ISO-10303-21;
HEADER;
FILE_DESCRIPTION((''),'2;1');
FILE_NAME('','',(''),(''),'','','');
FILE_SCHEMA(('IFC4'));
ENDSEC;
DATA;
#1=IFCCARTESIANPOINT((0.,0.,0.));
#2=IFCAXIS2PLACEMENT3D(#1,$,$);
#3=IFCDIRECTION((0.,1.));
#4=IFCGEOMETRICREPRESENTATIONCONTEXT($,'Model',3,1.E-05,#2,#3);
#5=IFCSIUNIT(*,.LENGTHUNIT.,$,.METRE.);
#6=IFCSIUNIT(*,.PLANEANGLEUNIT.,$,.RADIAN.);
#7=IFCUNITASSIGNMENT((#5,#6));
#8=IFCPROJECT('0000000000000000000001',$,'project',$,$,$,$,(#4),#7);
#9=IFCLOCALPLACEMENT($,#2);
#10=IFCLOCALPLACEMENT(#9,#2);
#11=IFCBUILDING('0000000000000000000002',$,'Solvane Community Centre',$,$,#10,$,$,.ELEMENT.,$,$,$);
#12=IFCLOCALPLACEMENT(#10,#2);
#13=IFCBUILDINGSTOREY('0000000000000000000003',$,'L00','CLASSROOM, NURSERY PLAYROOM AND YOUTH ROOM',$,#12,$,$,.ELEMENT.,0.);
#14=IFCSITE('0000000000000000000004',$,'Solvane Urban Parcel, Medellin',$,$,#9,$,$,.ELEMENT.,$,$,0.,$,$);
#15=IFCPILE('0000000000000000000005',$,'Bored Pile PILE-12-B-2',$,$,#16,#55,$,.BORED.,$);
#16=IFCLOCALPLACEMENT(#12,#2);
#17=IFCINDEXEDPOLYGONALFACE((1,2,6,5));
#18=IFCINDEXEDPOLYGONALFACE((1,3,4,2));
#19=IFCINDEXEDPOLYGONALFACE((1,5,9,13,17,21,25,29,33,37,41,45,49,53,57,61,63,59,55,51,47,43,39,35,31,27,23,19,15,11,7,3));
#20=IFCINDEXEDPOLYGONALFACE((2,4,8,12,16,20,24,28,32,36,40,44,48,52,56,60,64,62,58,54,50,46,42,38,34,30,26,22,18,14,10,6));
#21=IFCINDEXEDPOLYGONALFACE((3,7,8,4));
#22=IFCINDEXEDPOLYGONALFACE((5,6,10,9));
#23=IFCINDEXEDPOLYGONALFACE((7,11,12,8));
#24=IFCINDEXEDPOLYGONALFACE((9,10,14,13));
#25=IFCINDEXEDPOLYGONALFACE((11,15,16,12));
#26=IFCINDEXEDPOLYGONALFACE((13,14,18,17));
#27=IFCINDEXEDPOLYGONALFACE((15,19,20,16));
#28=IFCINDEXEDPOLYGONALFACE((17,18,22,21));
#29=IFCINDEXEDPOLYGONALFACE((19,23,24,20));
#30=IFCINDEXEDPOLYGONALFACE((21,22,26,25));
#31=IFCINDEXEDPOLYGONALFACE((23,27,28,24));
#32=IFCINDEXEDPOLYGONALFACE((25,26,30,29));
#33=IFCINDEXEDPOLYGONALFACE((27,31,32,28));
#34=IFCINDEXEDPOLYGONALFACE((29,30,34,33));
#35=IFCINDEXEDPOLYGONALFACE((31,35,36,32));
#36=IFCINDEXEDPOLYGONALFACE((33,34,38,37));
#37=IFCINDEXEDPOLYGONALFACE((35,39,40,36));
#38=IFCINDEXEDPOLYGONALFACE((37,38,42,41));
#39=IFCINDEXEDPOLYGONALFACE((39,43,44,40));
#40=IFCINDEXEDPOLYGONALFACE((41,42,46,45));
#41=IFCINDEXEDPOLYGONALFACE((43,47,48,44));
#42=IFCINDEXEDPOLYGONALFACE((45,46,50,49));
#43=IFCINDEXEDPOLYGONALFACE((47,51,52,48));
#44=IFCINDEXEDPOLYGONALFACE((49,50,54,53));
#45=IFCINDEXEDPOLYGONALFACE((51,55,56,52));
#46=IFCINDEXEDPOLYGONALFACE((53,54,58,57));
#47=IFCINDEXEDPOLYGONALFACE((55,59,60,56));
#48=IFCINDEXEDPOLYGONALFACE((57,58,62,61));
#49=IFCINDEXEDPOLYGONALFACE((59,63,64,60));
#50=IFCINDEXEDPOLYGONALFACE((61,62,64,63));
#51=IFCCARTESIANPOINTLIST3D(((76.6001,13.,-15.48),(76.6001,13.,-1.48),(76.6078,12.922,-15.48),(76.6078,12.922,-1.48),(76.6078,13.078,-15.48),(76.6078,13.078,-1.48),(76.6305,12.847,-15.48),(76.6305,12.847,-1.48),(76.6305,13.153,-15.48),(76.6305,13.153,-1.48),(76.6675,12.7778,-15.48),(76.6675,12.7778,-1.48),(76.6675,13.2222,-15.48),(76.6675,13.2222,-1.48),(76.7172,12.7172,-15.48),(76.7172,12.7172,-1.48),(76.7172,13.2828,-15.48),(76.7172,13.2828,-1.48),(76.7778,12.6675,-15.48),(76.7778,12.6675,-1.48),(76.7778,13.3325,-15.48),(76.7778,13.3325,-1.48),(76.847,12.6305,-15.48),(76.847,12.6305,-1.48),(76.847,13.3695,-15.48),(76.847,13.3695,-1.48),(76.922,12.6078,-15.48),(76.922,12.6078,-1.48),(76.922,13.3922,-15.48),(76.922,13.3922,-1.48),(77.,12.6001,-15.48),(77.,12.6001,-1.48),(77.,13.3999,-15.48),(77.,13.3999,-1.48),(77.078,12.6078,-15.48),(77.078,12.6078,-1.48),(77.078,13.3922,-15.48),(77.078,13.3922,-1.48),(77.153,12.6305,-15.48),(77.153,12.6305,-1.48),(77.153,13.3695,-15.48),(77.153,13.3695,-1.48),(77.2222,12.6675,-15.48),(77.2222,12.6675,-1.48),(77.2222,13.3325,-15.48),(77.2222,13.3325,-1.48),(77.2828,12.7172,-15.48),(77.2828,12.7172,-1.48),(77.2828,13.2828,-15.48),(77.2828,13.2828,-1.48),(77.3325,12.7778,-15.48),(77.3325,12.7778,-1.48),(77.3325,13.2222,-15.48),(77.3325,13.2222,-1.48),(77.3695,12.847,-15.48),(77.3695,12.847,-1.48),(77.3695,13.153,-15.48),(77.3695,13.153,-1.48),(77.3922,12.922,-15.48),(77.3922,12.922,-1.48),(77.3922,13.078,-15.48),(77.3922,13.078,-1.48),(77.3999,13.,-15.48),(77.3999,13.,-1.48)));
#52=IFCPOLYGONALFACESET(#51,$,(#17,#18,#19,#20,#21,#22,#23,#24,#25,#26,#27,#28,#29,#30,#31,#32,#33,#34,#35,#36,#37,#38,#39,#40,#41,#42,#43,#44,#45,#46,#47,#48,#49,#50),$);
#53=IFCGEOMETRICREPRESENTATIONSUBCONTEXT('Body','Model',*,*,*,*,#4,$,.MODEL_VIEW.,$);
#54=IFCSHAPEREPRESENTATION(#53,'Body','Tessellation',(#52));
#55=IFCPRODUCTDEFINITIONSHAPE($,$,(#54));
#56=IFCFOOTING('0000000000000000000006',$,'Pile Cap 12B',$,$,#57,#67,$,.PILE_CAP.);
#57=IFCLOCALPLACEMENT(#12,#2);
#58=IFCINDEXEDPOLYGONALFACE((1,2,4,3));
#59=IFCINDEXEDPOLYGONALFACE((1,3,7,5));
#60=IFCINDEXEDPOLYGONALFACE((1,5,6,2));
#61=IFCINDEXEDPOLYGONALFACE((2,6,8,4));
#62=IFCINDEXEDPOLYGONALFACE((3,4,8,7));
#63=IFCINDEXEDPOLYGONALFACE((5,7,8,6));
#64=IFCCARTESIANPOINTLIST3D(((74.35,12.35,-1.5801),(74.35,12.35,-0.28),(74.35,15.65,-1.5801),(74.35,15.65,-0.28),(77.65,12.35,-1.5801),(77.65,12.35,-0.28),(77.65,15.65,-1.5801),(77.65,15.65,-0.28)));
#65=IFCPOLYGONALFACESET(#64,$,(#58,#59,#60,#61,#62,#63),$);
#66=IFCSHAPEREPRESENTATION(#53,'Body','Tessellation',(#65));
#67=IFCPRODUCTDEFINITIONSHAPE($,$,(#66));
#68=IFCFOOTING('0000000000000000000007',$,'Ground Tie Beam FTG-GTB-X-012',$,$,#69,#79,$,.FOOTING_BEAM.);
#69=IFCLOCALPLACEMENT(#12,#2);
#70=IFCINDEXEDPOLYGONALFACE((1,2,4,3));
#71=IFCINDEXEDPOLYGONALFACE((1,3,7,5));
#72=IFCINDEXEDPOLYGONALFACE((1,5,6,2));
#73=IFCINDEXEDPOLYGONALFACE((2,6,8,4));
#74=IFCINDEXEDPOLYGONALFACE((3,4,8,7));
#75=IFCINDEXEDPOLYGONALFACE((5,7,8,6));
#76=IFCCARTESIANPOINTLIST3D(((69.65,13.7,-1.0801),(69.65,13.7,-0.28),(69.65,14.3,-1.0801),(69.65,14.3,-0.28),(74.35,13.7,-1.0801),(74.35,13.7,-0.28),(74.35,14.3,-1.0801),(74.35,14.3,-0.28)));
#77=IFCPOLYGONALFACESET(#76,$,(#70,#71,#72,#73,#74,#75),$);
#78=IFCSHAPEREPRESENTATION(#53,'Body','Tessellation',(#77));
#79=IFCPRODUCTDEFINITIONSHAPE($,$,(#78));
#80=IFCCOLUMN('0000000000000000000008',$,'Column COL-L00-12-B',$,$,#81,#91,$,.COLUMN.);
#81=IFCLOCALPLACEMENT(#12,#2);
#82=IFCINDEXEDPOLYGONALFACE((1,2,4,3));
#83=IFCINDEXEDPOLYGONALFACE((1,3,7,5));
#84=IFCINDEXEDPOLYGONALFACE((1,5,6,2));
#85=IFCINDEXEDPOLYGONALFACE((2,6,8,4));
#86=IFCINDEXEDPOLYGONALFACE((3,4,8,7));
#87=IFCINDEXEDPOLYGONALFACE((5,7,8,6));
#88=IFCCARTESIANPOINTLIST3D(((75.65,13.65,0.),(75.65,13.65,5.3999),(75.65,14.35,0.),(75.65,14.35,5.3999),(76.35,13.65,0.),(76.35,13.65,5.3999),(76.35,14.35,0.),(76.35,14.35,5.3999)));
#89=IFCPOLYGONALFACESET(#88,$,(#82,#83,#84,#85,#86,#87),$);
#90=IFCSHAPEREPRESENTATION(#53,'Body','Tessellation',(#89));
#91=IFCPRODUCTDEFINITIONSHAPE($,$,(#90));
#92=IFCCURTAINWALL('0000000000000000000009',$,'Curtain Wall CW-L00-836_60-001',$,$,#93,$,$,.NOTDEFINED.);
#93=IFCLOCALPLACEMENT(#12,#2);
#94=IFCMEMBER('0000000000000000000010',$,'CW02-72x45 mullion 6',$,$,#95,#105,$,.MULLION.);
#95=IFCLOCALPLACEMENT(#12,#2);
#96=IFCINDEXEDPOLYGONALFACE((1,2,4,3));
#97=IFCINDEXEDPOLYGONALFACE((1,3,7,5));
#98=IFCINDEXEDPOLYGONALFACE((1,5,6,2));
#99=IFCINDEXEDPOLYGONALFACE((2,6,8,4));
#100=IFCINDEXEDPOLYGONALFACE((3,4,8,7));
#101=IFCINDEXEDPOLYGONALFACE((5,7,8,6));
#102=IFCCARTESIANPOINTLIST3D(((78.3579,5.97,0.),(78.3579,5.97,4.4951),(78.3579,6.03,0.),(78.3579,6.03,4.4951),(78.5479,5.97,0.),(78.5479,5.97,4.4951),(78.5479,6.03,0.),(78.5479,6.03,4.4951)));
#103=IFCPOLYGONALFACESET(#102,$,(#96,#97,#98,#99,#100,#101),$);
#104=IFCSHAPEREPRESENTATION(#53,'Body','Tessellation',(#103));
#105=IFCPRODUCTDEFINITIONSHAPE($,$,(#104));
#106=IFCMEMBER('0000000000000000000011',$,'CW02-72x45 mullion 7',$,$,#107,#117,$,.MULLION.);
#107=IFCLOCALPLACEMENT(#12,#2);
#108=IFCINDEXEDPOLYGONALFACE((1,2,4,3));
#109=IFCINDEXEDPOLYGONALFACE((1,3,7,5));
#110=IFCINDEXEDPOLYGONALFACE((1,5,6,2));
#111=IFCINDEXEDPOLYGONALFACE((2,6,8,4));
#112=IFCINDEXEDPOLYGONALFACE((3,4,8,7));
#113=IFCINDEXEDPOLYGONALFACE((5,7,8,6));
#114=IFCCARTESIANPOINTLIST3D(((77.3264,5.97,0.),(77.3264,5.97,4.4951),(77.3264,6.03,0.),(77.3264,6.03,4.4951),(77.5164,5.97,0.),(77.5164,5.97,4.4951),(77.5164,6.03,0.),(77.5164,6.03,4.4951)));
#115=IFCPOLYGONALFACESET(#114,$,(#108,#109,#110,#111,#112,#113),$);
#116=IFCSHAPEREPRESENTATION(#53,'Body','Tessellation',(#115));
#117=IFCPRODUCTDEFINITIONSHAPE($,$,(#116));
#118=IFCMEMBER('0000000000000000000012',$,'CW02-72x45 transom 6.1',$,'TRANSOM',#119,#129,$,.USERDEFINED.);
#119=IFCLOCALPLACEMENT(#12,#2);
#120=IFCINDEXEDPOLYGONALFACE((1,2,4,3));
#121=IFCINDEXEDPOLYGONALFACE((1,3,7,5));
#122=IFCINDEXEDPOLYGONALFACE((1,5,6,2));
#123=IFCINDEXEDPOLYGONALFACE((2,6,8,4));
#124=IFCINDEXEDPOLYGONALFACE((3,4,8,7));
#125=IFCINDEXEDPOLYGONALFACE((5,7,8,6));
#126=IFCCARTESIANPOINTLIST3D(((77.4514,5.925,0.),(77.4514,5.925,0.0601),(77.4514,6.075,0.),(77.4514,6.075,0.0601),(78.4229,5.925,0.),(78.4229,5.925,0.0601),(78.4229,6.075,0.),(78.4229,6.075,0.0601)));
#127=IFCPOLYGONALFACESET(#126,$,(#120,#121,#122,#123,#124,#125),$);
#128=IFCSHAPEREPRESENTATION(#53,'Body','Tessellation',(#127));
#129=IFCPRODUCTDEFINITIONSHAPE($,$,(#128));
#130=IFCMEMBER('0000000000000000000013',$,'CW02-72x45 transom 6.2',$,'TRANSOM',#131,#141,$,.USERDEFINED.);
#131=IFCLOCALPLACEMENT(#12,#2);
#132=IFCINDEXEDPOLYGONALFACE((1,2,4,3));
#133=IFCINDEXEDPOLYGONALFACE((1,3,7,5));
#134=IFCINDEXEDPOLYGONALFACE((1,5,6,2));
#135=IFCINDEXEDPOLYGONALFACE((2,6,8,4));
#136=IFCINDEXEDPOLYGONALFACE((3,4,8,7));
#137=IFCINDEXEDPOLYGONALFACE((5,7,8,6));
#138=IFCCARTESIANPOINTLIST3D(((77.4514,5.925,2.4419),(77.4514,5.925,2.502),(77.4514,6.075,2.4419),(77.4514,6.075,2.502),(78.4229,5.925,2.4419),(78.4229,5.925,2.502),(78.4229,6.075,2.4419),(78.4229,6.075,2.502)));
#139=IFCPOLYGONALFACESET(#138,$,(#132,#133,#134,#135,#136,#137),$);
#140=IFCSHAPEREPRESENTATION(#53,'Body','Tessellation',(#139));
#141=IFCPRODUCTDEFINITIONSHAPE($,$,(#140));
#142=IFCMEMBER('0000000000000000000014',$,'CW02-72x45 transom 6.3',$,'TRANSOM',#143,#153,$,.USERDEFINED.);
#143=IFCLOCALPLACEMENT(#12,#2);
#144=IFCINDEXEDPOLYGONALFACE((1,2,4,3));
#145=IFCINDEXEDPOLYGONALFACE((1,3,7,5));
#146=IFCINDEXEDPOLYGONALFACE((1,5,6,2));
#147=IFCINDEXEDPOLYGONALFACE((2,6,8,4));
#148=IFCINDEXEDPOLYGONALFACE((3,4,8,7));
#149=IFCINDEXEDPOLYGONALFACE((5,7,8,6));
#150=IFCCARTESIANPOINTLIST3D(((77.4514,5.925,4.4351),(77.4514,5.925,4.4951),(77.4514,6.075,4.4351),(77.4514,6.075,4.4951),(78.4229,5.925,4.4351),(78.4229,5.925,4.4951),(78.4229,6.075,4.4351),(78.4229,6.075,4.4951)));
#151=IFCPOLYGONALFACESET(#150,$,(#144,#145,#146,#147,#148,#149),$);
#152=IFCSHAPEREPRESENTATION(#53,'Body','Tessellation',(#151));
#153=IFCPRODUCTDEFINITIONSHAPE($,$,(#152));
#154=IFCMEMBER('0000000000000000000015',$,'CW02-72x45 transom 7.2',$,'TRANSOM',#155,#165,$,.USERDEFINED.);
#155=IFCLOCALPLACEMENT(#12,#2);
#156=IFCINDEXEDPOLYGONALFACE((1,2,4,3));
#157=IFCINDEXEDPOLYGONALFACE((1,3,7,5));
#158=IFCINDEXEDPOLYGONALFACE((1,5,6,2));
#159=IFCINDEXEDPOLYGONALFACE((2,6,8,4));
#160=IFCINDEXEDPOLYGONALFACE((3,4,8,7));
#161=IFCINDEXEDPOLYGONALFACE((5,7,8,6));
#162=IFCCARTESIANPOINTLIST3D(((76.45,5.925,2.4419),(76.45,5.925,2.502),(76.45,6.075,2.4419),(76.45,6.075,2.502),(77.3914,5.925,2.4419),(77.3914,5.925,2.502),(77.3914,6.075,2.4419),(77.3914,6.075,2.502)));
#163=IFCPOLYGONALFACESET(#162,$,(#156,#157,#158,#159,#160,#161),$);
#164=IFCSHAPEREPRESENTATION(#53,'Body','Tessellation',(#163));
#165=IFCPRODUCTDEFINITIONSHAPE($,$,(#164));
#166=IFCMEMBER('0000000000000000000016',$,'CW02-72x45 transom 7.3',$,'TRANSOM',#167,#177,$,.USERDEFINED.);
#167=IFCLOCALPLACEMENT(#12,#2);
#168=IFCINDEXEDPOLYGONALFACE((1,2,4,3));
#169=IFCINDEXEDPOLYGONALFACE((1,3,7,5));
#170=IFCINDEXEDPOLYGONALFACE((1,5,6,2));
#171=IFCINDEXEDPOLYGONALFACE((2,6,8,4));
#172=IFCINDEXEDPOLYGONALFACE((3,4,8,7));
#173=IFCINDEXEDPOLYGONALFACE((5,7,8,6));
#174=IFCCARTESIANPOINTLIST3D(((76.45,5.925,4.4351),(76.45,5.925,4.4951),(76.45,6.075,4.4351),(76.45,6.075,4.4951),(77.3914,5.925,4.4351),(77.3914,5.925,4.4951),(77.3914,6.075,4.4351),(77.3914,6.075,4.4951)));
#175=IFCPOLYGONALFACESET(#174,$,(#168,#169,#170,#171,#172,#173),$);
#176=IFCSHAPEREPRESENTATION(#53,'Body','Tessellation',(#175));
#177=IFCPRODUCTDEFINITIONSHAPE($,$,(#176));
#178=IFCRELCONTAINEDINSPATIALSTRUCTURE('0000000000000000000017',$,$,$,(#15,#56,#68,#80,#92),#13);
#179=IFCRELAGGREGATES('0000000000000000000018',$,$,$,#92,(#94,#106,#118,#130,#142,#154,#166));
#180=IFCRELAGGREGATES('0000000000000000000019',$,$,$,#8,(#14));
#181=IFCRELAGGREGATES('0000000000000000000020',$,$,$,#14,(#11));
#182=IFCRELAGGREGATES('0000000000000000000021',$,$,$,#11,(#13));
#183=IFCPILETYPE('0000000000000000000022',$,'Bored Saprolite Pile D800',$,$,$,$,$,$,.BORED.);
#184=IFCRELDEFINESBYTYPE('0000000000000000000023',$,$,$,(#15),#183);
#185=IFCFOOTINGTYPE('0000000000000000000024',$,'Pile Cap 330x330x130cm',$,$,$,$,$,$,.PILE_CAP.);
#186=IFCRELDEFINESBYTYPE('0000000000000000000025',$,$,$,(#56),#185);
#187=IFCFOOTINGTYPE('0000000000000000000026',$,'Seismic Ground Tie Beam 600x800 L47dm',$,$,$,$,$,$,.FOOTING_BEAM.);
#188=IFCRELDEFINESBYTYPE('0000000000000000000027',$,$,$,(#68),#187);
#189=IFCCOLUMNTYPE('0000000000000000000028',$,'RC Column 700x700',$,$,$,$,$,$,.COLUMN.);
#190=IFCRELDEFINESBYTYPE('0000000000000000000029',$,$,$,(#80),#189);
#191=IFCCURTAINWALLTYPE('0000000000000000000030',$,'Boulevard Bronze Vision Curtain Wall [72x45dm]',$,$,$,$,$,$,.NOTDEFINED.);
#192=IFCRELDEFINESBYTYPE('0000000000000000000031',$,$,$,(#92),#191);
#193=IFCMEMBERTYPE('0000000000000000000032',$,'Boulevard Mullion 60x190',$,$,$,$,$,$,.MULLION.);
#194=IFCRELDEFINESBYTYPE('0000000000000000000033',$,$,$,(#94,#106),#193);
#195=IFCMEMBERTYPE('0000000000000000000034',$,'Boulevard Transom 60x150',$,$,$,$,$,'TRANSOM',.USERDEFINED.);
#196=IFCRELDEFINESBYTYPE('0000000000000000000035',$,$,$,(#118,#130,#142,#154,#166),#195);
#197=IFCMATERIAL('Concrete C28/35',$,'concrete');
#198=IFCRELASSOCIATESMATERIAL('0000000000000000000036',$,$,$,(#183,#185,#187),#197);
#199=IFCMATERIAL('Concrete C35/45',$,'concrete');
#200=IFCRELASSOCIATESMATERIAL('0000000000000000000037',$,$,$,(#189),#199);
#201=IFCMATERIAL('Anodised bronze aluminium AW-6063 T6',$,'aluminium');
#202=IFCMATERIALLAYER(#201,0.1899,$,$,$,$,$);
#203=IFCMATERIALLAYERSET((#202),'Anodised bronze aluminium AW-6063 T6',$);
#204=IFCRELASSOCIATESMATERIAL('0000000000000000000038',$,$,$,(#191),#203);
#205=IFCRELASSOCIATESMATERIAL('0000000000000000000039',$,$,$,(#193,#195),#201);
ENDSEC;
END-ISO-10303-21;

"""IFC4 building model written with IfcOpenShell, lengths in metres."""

from ifc_helpers import new_model, si_unit, direction, frame, origin, origin_2d, place, context, subcontext, project, spatial, rectangle, circle, extrude, material, layer, layer_set, material_profile, profile_set, type_object, element, aggregate, save


model = new_model("IFC4")

# Units and contexts
model_context = context("Model", 3, precision=1e-05, world=origin(), true_north=direction((0.0, 1.0)))
body_context = subcontext(model_context, "Body", "Model", "MODEL_VIEW")
ifc_project = project(units=[si_unit("LENGTHUNIT", "METRE"), si_unit("PLANEANGLEUNIT", "RADIAN")], contexts=[model_context])

# Site, building, storey
site_placement = place(None, origin())
site = spatial("IfcSite", under=ifc_project, at=site_placement, Name="Solvane Urban Parcel, Medellin", CompositionType="ELEMENT", RefElevation=0.0)
building_placement = place(site_placement, origin())
building = spatial("IfcBuilding", under=site, at=building_placement, Name="Solvane Community Centre", CompositionType="ELEMENT")
storey_placement = place(building_placement, origin())
storey = spatial("IfcBuildingStorey", under=building, at=storey_placement, Name="L00", Description="CLASSROOM, NURSERY PLAYROOM AND YOUTH ROOM", CompositionType="ELEMENT", Elevation=0.0)

# Pile
ifc_material_1 = material(Name="Concrete C28/35", Category="concrete")
ifc_material_profile_1 = material_profile(ifc_material_1, circle(Radius=0.3999, at=origin_2d()), Name="PILE D800")
ifc_profile_set_1 = profile_set([ifc_material_profile_1], Name="Concrete C28/35")
pile_type = type_object("IfcPileType", Name="Bored Saprolite Pile D800", PredefinedType="BORED", material=ifc_profile_set_1)
for number, where, z_axis, x_axis, name in (
    (1, (77.0, 13.0, -1.48), (0.0, 0.0, -1.0), (1.0, 0.0, 0.0), "Bored Pile PILE-12-B-2"),
):
    element("IfcPile", number, at=place(storey_placement, frame(where, z_axis=z_axis, x_axis=x_axis)), inside=storey, type_object=pile_type, Name=name, PredefinedType="BORED", context=body_context, shape_type="SweptSolid", body=[
        extrude(circle(Radius=0.3999, at=origin_2d()), origin(), (0.0, 0.0, 1.0), 14.0),
    ])

# Footings
footing_type_1 = type_object("IfcFootingType", Name="Pile Cap 330x330x130cm", PredefinedType="PILE_CAP", material=ifc_material_1)
footing_1_placement = place(storey_placement, frame((76.0, 14.0, -1.5801), z_axis=(0.0, 0.0, 1.0), x_axis=(1.0, 0.0, 0.0)))
element("IfcFooting", 2, at=footing_1_placement, inside=storey, type_object=footing_type_1, Name="Pile Cap 12B", PredefinedType="PILE_CAP", context=body_context, shape_type="SweptSolid", body=[
    extrude(rectangle(XDim=3.3, YDim=3.3, at=origin_2d()), origin(), (0.0, 0.0, 1.0), 1.3),
])
footing_type_2 = type_object("IfcFootingType", Name="Seismic Ground Tie Beam 600x800 L47dm", PredefinedType="FOOTING_BEAM", material=ifc_material_1)
footing_2_placement = place(storey_placement, frame((72.0, 14.0, -1.0801), z_axis=(0.0, 0.0, 1.0), x_axis=(1.0, 0.0, 0.0)))
element("IfcFooting", 3, at=footing_2_placement, inside=storey, type_object=footing_type_2, Name="Ground Tie Beam FTG-GTB-X-012", PredefinedType="FOOTING_BEAM", context=body_context, shape_type="SweptSolid", body=[
    extrude(rectangle(XDim=4.7, YDim=0.6001, at=origin_2d()), origin(), (0.0, 0.0, 1.0), 0.8),
])

# Column
ifc_material_2 = material(Name="Concrete C35/45", Category="concrete")
ifc_material_profile_2 = material_profile(ifc_material_2, rectangle(XDim=0.7, YDim=0.7, at=origin_2d()), Name="RC 700x700")
ifc_profile_set_2 = profile_set([ifc_material_profile_2], Name="Concrete C35/45")
column_type = type_object("IfcColumnType", Name="RC Column 700x700", PredefinedType="COLUMN", material=ifc_profile_set_2)
column_placement = place(storey_placement, frame((76.0, 14.0, 0.0), z_axis=(0.0, 0.0, 1.0), x_axis=(1.0, 0.0, 0.0)))
element("IfcColumn", 4, at=column_placement, inside=storey, type_object=column_type, Name="Column COL-L00-12-B", PredefinedType="COLUMN", context=body_context, shape_type="SweptSolid", body=[
    extrude(rectangle(XDim=0.7, YDim=0.7, at=origin_2d()), origin(), (0.0, 0.0, 1.0), 5.3999),
])

# Curtain wall, members
ifc_material_3 = material(Name="Anodised bronze aluminium AW-6063 T6", Category="aluminium")
ifc_layer_1 = layer(ifc_material_3, 0.1899)
ifc_layer_set_1 = layer_set([ifc_layer_1], Name="Anodised bronze aluminium AW-6063 T6")
curtain_wall_type = type_object("IfcCurtainWallType", Name="Boulevard Bronze Vision Curtain Wall [72x45dm]", PredefinedType="NOTDEFINED", material=ifc_layer_set_1)
curtain_wall_placement = place(storey_placement, origin())
curtain_wall = element("IfcCurtainWall", 5, at=curtain_wall_placement, inside=storey, type_object=curtain_wall_type, Name="Curtain Wall CW-L00-836_60-001", PredefinedType="NOTDEFINED")
ifc_material_profile_3 = material_profile(ifc_material_3, rectangle(XDim=0.0601, YDim=0.1899, at=origin_2d()), Name="CW-M 60x190")
ifc_profile_set_3 = profile_set([ifc_material_profile_3], Name="Anodised bronze aluminium AW-6063 T6")
member_type_1 = type_object("IfcMemberType", Name="Boulevard Mullion 60x190", PredefinedType="MULLION", material=ifc_profile_set_3)
member_1_placement = place(storey_placement, frame((78.4529, 6.0, 0.0), z_axis=(0.0, 0.0, 1.0), x_axis=(0.0, -1.0, 0.0)))
member_1 = element("IfcMember", 6, at=member_1_placement, type_object=member_type_1, Name="CW02-72x45 mullion 6", PredefinedType="MULLION", context=body_context, shape_type="SweptSolid", body=[
    extrude(rectangle(XDim=0.0601, YDim=0.1899, at=origin_2d()), origin(), (0.0, 0.0, 1.0), 4.4951),
])
member_2_placement = place(storey_placement, frame((77.4214, 6.0, 0.0), z_axis=(0.0, 0.0, 1.0), x_axis=(0.0, -1.0, 0.0)))
member_2 = element("IfcMember", 7, at=member_2_placement, type_object=member_type_1, Name="CW02-72x45 mullion 7", PredefinedType="MULLION", context=body_context, shape_type="SweptSolid", body=[
    extrude(rectangle(XDim=0.0601, YDim=0.1899, at=origin_2d()), origin(), (0.0, 0.0, 1.0), 4.4951),
])
ifc_material_profile_4 = material_profile(ifc_material_3, rectangle(XDim=0.1499, YDim=0.0601, at=origin_2d()), Name="CW-T 60x150")
ifc_profile_set_4 = profile_set([ifc_material_profile_4], Name="Anodised bronze aluminium AW-6063 T6")
member_type_2 = type_object("IfcMemberType", Name="Boulevard Transom 60x150", ElementType="TRANSOM", PredefinedType="USERDEFINED", material=ifc_profile_set_4)
member_3_placement = place(storey_placement, frame((78.4229, 6.0, 0.03), z_axis=(-1.0, 0.0, 0.0), x_axis=(0.0, -1.0, 0.0)))
member_3 = element("IfcMember", 8, at=member_3_placement, type_object=member_type_2, Name="CW02-72x45 transom 6.1", ObjectType="TRANSOM", PredefinedType="USERDEFINED", context=body_context, shape_type="SweptSolid", body=[
    extrude(rectangle(XDim=0.1499, YDim=0.0601, at=origin_2d()), origin(), (0.0, 0.0, 1.0), 0.9714),
])
member_4_placement = place(storey_placement, frame((78.4229, 6.0, 2.4719), z_axis=(-1.0, 0.0, 0.0), x_axis=(0.0, -1.0, 0.0)))
member_4 = element("IfcMember", 9, at=member_4_placement, type_object=member_type_2, Name="CW02-72x45 transom 6.2", ObjectType="TRANSOM", PredefinedType="USERDEFINED", context=body_context, shape_type="SweptSolid", body=[
    extrude(rectangle(XDim=0.1499, YDim=0.0601, at=origin_2d()), origin(), (0.0, 0.0, 1.0), 0.9714),
])
member_5_placement = place(storey_placement, frame((78.4229, 6.0, 4.4651), z_axis=(-1.0, 0.0, 0.0), x_axis=(0.0, -1.0, 0.0)))
member_5 = element("IfcMember", 10, at=member_5_placement, type_object=member_type_2, Name="CW02-72x45 transom 6.3", ObjectType="TRANSOM", PredefinedType="USERDEFINED", context=body_context, shape_type="SweptSolid", body=[
    extrude(rectangle(XDim=0.1499, YDim=0.0601, at=origin_2d()), origin(), (0.0, 0.0, 1.0), 0.9714),
])
member_6_placement = place(storey_placement, frame((77.3914, 6.0, 2.4719), z_axis=(-1.0, 0.0, 0.0), x_axis=(0.0, -1.0, 0.0)))
member_6 = element("IfcMember", 11, at=member_6_placement, type_object=member_type_2, Name="CW02-72x45 transom 7.2", ObjectType="TRANSOM", PredefinedType="USERDEFINED", context=body_context, shape_type="SweptSolid", body=[
    extrude(rectangle(XDim=0.1499, YDim=0.0601, at=origin_2d()), origin(), (0.0, 0.0, 1.0), 0.9414),
])
member_7_placement = place(storey_placement, frame((77.3914, 6.0, 4.4651), z_axis=(-1.0, 0.0, 0.0), x_axis=(0.0, -1.0, 0.0)))
member_7 = element("IfcMember", 12, at=member_7_placement, type_object=member_type_2, Name="CW02-72x45 transom 7.3", ObjectType="TRANSOM", PredefinedType="USERDEFINED", context=body_context, shape_type="SweptSolid", body=[
    extrude(rectangle(XDim=0.1499, YDim=0.0601, at=origin_2d()), origin(), (0.0, 0.0, 1.0), 0.9414),
])
aggregate(curtain_wall, [member_1, member_2, member_3, member_4, member_5, member_6, member_7])

save(model, "model.ifc")
